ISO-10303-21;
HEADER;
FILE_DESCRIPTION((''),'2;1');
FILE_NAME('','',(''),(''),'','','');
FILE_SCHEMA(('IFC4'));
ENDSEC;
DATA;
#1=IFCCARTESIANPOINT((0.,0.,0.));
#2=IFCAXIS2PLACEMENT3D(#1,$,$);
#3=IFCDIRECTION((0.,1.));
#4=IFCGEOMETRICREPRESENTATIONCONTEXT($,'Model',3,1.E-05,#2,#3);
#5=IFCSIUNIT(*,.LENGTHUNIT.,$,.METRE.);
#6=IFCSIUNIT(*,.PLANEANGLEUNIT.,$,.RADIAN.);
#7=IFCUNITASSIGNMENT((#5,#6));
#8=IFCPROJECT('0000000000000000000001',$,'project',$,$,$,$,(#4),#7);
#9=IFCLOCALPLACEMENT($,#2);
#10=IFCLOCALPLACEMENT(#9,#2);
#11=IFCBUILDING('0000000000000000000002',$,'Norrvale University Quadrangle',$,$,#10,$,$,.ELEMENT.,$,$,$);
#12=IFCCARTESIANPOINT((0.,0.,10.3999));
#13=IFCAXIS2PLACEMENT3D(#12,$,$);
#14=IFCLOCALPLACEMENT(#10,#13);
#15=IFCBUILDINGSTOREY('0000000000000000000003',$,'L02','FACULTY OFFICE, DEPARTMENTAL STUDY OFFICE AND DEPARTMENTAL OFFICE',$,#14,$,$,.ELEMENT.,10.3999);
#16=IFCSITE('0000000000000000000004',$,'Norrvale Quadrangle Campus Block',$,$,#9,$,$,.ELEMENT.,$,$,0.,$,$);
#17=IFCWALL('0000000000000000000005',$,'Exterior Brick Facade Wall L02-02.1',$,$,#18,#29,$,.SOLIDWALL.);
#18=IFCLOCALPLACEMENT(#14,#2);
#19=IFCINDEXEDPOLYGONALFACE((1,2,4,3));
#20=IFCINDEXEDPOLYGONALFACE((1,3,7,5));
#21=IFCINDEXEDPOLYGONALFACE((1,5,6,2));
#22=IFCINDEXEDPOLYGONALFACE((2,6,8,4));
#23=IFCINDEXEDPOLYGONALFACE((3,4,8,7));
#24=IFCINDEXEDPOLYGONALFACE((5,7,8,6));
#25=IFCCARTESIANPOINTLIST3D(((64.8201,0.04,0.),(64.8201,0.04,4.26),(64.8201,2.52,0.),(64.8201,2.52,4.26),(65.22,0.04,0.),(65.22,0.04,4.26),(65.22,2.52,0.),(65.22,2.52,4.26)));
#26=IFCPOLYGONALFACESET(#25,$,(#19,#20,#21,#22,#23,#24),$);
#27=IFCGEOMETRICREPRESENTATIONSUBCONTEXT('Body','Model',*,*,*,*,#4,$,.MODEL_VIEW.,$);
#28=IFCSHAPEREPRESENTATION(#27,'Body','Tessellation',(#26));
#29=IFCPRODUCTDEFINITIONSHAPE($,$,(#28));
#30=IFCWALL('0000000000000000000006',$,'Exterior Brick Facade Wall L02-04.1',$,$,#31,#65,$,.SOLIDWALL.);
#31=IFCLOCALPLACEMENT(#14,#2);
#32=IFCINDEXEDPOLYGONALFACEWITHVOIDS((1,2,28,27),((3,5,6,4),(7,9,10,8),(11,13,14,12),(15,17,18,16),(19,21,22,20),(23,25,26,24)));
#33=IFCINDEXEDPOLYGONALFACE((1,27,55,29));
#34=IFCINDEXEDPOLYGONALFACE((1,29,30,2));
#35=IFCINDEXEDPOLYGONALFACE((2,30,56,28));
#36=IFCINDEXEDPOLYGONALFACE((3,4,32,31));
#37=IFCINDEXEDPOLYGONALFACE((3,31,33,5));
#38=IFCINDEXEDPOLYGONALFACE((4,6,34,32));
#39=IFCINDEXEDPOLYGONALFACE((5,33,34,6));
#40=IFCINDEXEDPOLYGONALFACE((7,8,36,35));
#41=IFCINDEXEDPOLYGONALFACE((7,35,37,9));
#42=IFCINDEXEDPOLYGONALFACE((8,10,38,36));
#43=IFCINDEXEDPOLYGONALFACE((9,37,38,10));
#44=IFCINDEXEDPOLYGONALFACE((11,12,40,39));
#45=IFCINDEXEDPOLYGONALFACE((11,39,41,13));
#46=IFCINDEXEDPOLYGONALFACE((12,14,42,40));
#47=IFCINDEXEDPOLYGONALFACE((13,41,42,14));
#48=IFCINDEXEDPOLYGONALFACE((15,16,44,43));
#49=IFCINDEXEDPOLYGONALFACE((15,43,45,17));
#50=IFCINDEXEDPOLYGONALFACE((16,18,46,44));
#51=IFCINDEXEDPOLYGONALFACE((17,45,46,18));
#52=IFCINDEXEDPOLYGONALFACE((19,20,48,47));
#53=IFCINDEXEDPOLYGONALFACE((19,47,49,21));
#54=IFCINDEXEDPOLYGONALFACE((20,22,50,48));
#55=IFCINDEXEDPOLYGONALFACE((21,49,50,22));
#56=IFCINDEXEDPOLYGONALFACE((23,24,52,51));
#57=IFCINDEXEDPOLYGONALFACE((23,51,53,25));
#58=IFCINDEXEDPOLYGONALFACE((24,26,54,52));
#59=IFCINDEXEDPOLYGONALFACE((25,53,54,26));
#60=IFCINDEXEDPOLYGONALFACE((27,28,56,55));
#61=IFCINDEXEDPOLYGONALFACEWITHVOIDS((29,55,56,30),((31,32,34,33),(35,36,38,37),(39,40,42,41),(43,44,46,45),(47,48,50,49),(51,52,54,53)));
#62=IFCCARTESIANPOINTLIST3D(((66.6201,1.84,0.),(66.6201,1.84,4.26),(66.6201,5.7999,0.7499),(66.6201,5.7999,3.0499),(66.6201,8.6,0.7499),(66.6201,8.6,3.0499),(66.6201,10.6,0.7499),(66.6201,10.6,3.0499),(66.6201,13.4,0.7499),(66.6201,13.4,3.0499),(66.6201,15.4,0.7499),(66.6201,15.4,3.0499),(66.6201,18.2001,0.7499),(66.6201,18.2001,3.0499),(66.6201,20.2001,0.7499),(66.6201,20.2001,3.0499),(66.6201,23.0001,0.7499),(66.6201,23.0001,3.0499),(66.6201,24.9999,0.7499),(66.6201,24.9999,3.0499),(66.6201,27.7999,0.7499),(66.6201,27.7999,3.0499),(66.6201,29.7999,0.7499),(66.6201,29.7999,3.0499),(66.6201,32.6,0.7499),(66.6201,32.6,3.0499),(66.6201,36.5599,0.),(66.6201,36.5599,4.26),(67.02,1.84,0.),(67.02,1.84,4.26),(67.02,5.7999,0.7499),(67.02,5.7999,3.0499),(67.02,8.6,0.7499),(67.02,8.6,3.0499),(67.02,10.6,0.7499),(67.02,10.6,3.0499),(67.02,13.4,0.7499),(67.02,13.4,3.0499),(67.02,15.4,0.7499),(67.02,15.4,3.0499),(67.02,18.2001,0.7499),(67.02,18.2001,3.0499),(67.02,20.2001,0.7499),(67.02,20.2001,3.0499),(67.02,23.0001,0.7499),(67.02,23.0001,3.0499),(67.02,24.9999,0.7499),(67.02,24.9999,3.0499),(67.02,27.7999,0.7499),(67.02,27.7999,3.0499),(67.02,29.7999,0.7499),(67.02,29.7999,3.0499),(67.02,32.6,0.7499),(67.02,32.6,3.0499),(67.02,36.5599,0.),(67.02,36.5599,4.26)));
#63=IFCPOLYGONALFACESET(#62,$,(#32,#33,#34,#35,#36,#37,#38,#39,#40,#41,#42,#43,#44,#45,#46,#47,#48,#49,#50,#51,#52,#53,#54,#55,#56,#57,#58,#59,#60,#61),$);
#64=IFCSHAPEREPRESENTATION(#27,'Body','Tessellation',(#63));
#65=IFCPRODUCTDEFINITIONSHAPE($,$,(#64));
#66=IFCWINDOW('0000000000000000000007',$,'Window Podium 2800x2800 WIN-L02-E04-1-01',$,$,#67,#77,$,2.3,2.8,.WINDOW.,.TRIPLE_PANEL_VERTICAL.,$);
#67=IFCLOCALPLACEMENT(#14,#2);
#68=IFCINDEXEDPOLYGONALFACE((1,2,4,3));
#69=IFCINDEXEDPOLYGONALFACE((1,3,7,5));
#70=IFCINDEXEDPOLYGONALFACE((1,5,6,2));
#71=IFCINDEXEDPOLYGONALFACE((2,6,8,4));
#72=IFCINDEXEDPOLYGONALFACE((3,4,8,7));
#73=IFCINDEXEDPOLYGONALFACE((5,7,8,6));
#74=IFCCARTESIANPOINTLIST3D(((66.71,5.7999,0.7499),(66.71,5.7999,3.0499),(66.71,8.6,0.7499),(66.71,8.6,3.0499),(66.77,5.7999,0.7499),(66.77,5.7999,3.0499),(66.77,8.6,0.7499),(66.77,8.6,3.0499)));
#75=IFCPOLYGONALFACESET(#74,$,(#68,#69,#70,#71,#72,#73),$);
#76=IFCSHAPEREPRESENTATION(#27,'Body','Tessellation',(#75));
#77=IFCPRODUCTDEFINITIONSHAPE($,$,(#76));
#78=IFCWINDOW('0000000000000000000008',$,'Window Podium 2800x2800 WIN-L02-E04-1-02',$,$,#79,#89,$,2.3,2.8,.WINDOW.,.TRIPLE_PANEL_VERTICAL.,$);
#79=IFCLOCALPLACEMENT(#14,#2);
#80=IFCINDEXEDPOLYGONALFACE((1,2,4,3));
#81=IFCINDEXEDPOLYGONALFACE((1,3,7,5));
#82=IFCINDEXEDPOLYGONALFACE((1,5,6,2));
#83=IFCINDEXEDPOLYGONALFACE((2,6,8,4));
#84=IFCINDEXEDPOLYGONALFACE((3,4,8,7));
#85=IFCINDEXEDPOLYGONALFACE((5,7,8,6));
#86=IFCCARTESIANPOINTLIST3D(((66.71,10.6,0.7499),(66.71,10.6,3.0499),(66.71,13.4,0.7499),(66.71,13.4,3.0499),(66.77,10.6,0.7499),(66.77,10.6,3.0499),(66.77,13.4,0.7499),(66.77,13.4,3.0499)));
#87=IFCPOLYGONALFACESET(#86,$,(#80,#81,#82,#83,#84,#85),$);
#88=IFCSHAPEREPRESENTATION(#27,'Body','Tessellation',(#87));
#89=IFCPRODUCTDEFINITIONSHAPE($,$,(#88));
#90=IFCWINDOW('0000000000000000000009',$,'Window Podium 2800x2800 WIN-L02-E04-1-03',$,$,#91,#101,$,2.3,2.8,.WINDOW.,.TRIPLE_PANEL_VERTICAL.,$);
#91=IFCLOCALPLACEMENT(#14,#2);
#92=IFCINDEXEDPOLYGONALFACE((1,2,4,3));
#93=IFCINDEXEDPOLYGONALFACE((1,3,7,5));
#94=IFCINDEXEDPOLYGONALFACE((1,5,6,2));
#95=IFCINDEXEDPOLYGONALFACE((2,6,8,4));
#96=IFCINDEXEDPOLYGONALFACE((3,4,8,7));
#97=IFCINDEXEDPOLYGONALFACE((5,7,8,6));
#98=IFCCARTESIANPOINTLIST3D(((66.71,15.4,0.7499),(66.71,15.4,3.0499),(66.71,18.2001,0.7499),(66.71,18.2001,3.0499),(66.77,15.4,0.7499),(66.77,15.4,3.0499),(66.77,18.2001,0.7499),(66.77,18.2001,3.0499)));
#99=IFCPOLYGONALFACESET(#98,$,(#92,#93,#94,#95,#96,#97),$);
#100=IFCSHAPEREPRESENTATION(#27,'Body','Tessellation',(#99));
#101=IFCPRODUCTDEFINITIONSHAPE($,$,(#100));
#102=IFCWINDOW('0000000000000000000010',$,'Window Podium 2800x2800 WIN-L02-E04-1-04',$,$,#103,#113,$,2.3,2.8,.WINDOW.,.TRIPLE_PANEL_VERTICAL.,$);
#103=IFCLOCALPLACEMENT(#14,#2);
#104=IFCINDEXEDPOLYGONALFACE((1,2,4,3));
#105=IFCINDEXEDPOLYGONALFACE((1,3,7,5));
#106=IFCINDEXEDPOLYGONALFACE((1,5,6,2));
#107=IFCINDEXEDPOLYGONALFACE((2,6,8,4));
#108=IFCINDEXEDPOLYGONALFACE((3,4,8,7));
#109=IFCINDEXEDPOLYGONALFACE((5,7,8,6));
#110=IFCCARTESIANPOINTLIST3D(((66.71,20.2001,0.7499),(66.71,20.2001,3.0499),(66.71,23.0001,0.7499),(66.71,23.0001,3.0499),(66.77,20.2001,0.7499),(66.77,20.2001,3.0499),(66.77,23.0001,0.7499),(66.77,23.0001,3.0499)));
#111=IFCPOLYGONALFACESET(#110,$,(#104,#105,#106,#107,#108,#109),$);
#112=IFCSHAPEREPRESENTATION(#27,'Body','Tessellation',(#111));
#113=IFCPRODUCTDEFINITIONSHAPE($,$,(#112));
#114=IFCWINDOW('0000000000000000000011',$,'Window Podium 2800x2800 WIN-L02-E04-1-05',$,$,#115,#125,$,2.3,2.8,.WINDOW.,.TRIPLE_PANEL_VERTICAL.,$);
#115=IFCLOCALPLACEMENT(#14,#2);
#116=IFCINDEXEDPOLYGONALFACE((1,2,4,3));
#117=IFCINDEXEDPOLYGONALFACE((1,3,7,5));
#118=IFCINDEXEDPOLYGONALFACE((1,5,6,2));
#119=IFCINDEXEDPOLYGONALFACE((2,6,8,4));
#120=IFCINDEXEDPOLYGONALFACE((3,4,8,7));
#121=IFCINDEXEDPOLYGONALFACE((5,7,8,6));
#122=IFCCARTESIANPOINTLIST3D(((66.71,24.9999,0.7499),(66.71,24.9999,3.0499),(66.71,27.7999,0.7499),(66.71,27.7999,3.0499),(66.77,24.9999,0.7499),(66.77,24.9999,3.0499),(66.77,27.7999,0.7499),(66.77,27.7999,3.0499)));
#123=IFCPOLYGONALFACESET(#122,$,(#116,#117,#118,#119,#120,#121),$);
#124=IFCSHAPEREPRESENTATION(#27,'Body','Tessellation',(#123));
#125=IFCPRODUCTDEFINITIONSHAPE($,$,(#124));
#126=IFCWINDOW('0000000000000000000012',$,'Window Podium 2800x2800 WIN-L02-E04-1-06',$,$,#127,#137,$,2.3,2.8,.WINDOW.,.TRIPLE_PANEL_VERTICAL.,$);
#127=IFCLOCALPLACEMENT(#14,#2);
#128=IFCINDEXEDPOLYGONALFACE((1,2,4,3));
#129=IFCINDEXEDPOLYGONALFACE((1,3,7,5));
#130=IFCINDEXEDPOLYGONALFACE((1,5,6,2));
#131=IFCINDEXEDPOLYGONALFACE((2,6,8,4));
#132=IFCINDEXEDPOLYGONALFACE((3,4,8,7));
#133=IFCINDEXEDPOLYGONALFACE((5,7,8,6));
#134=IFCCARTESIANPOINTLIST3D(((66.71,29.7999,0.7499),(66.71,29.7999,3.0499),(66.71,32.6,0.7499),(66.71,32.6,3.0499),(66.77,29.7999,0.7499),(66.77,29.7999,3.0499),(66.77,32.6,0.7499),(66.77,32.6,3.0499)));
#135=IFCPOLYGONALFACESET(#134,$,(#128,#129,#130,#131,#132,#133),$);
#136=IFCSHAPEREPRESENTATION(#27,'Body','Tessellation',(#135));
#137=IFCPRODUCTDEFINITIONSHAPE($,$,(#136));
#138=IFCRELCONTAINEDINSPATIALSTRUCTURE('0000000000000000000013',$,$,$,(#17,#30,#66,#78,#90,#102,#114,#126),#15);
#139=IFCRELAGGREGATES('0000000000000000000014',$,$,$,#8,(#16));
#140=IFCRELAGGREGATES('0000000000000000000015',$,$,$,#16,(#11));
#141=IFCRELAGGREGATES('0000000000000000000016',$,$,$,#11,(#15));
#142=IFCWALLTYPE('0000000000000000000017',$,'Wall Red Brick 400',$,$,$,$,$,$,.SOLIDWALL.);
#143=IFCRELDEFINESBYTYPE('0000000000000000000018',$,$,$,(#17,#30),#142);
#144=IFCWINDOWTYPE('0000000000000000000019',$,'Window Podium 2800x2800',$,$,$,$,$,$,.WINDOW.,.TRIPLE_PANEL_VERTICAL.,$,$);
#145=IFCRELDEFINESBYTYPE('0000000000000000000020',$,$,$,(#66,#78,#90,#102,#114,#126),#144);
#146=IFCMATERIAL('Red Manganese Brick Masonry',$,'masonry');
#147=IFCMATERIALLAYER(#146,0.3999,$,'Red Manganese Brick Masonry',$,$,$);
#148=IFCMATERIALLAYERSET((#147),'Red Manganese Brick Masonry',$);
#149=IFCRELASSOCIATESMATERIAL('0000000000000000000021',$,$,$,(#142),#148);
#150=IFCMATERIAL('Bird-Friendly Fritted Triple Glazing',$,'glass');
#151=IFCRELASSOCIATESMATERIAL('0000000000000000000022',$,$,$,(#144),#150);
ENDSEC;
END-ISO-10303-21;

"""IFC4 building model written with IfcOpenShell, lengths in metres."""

from ifc_helpers import new_model, si_unit, direction, frame, frame_2d, origin, place, context, subcontext, project, spatial, rectangle, extrude, material, layer, layer_set, type_object, element, fill, save


model = new_model("IFC4")

# Units and contexts
model_context = context("Model", 3, precision=1e-05, world=origin(), true_north=direction((0.0, 1.0)))
body_context = subcontext(model_context, "Body", "Model", "MODEL_VIEW")
ifc_project = project(units=[si_unit("LENGTHUNIT", "METRE"), si_unit("PLANEANGLEUNIT", "RADIAN")], contexts=[model_context])

# Site, building, storey
site_placement = place(None, origin())
site = spatial("IfcSite", under=ifc_project, at=site_placement, Name="Norrvale Quadrangle Campus Block", CompositionType="ELEMENT", RefElevation=0.0)
building_placement = place(site_placement, origin())
building = spatial("IfcBuilding", under=site, at=building_placement, Name="Norrvale University Quadrangle", CompositionType="ELEMENT")
storey_placement = place(building_placement, frame((0.0, 0.0, 10.3999)))
storey = spatial("IfcBuildingStorey", under=building, at=storey_placement, Name="L02", Description="FACULTY OFFICE, DEPARTMENTAL STUDY OFFICE AND DEPARTMENTAL OFFICE", CompositionType="ELEMENT", Elevation=10.3999)

# Shared definitions
ifc_material_1 = material(Name="Bird-Friendly Fritted Triple Glazing", Category="glass")

# Wall
ifc_material_2 = material(Name="Red Manganese Brick Masonry", Category="masonry")
ifc_layer_1 = layer(ifc_material_2, 0.3999, Name="Red Manganese Brick Masonry")
ifc_layer_set_1 = layer_set([ifc_layer_1], Name="Red Manganese Brick Masonry")
wall_type_1 = type_object("IfcWallType", Name="Wall Red Brick 400", PredefinedType="SOLIDWALL", material=ifc_layer_set_1)
wall_1_placement = place(storey_placement, frame((65.02, 0.04, 0.0), z_axis=(0.0, 0.0, 1.0), x_axis=(0.0, 1.0, 0.0)))
element("IfcWall", 1, at=wall_1_placement, inside=storey, type_object=wall_type_1, Name="Exterior Brick Facade Wall L02-02.1", PredefinedType="SOLIDWALL", context=body_context, shape_type="SweptSolid", body=[
    extrude(rectangle(XDim=2.48, YDim=0.3999, at=frame_2d((1.24, 0.0))), origin(), (0.0, 0.0, 1.0), 4.26),
])

# Wall, openings, windows
wall_2_placement = place(storey_placement, frame((66.8201, 1.8401, 0.0), z_axis=(0.0, 0.0, 1.0), x_axis=(0.0, 1.0, 0.0)))
wall_2 = element("IfcWall", 2, at=wall_2_placement, inside=storey, type_object=wall_type_1, Name="Exterior Brick Facade Wall L02-04.1", PredefinedType="SOLIDWALL", context=body_context, shape_type="SweptSolid", body=[
    extrude(rectangle(XDim=34.72, YDim=0.3999, at=frame_2d((17.3599, 0.0))), origin(), (0.0, 0.0, 1.0), 4.26),
])
opening_1_placement = place(wall_2_placement, frame((3.96, 0.0, 0.75)))
opening_1 = element("IfcOpeningElement", 3, at=opening_1_placement, cuts=wall_2, PredefinedType="OPENING", context=body_context, shape_type="SweptSolid", body=[
    extrude(rectangle(XDim=2.8, YDim=2.3, at=frame_2d((1.3999, 1.1499))), frame((0.0, 0.2119, 0.0), z_axis=(0.0, -1.0, 0.0), x_axis=(1.0, 0.0, 0.0)), (0.0, 0.0, 1.0), 0.4238),
])
opening_2_placement = place(wall_2_placement, frame((8.76, 0.0, 0.75)))
opening_2 = element("IfcOpeningElement", 4, at=opening_2_placement, cuts=wall_2, PredefinedType="OPENING", context=body_context, shape_type="SweptSolid", body=[
    extrude(rectangle(XDim=2.8, YDim=2.3, at=frame_2d((1.3999, 1.1499))), frame((0.0, 0.2119, 0.0), z_axis=(0.0, -1.0, 0.0), x_axis=(1.0, 0.0, 0.0)), (0.0, 0.0, 1.0), 0.4238),
])
opening_3_placement = place(wall_2_placement, frame((13.5601, 0.0, 0.75)))
opening_3 = element("IfcOpeningElement", 5, at=opening_3_placement, cuts=wall_2, PredefinedType="OPENING", context=body_context, shape_type="SweptSolid", body=[
    extrude(rectangle(XDim=2.8, YDim=2.3, at=frame_2d((1.3999, 1.1499))), frame((0.0, 0.2119, 0.0), z_axis=(0.0, -1.0, 0.0), x_axis=(1.0, 0.0, 0.0)), (0.0, 0.0, 1.0), 0.4238),
])
opening_4_placement = place(wall_2_placement, frame((18.3601, 0.0, 0.75)))
opening_4 = element("IfcOpeningElement", 6, at=opening_4_placement, cuts=wall_2, PredefinedType="OPENING", context=body_context, shape_type="SweptSolid", body=[
    extrude(rectangle(XDim=2.8, YDim=2.3, at=frame_2d((1.3999, 1.1499))), frame((0.0, 0.2119, 0.0), z_axis=(0.0, -1.0, 0.0), x_axis=(1.0, 0.0, 0.0)), (0.0, 0.0, 1.0), 0.4238),
])
opening_5_placement = place(wall_2_placement, frame((23.1599, 0.0, 0.75)))
opening_5 = element("IfcOpeningElement", 7, at=opening_5_placement, cuts=wall_2, PredefinedType="OPENING", context=body_context, shape_type="SweptSolid", body=[
    extrude(rectangle(XDim=2.8, YDim=2.3, at=frame_2d((1.3999, 1.1499))), frame((0.0, 0.2119, 0.0), z_axis=(0.0, -1.0, 0.0), x_axis=(1.0, 0.0, 0.0)), (0.0, 0.0, 1.0), 0.4238),
])
opening_6_placement = place(wall_2_placement, frame((27.96, 0.0, 0.75)))
opening_6 = element("IfcOpeningElement", 8, at=opening_6_placement, cuts=wall_2, PredefinedType="OPENING", context=body_context, shape_type="SweptSolid", body=[
    extrude(rectangle(XDim=2.8, YDim=2.3, at=frame_2d((1.3999, 1.1499))), frame((0.0, 0.2119, 0.0), z_axis=(0.0, -1.0, 0.0), x_axis=(1.0, 0.0, 0.0)), (0.0, 0.0, 1.0), 0.4238),
])
window_type_1 = type_object("IfcWindowType", Name="Window Podium 2800x2800", PartitioningType="TRIPLE_PANEL_VERTICAL", PredefinedType="WINDOW", material=ifc_material_1)
window_1_placement = place(opening_1_placement, origin())
window_1 = element("IfcWindow", 9, at=window_1_placement, inside=storey, type_object=window_type_1, Name="Window Podium 2800x2800 WIN-L02-E04-1-01", OverallHeight=2.3, OverallWidth=2.8, PartitioningType="TRIPLE_PANEL_VERTICAL", PredefinedType="WINDOW", context=body_context, shape_type="SweptSolid", body=[
    extrude(rectangle(XDim=2.8, YDim=2.3, at=frame_2d((1.3999, 1.1499))), frame((0.0, 0.1101, 0.0), z_axis=(0.0, -1.0, 0.0), x_axis=(1.0, 0.0, 0.0)), (0.0, 0.0, 1.0), 0.0601),
])
fill(opening_1, window_1)
window_2_placement = place(opening_2_placement, origin())
window_2 = element("IfcWindow", 10, at=window_2_placement, inside=storey, type_object=window_type_1, Name="Window Podium 2800x2800 WIN-L02-E04-1-02", OverallHeight=2.3, OverallWidth=2.8, PartitioningType="TRIPLE_PANEL_VERTICAL", PredefinedType="WINDOW", context=body_context, shape_type="SweptSolid", body=[
    extrude(rectangle(XDim=2.8, YDim=2.3, at=frame_2d((1.3999, 1.1499))), frame((0.0, 0.1101, 0.0), z_axis=(0.0, -1.0, 0.0), x_axis=(1.0, 0.0, 0.0)), (0.0, 0.0, 1.0), 0.0601),
])
fill(opening_2, window_2)
window_3_placement = place(opening_3_placement, origin())
window_3 = element("IfcWindow", 11, at=window_3_placement, inside=storey, type_object=window_type_1, Name="Window Podium 2800x2800 WIN-L02-E04-1-03", OverallHeight=2.3, OverallWidth=2.8, PartitioningType="TRIPLE_PANEL_VERTICAL", PredefinedType="WINDOW", context=body_context, shape_type="SweptSolid", body=[
    extrude(rectangle(XDim=2.8, YDim=2.3, at=frame_2d((1.3999, 1.1499))), frame((0.0, 0.1101, 0.0), z_axis=(0.0, -1.0, 0.0), x_axis=(1.0, 0.0, 0.0)), (0.0, 0.0, 1.0), 0.0601),
])
fill(opening_3, window_3)
window_4_placement = place(opening_4_placement, origin())
window_4 = element("IfcWindow", 12, at=window_4_placement, inside=storey, type_object=window_type_1, Name="Window Podium 2800x2800 WIN-L02-E04-1-04", OverallHeight=2.3, OverallWidth=2.8, PartitioningType="TRIPLE_PANEL_VERTICAL", PredefinedType="WINDOW", context=body_context, shape_type="SweptSolid", body=[
    extrude(rectangle(XDim=2.8, YDim=2.3, at=frame_2d((1.3999, 1.1499))), frame((0.0, 0.1101, 0.0), z_axis=(0.0, -1.0, 0.0), x_axis=(1.0, 0.0, 0.0)), (0.0, 0.0, 1.0), 0.0601),
])
fill(opening_4, window_4)
window_5_placement = place(opening_5_placement, origin())
window_5 = element("IfcWindow", 13, at=window_5_placement, inside=storey, type_object=window_type_1, Name="Window Podium 2800x2800 WIN-L02-E04-1-05", OverallHeight=2.3, OverallWidth=2.8, PartitioningType="TRIPLE_PANEL_VERTICAL", PredefinedType="WINDOW", context=body_context, shape_type="SweptSolid", body=[
    extrude(rectangle(XDim=2.8, YDim=2.3, at=frame_2d((1.3999, 1.1499))), frame((0.0, 0.1101, 0.0), z_axis=(0.0, -1.0, 0.0), x_axis=(1.0, 0.0, 0.0)), (0.0, 0.0, 1.0), 0.0601),
])
fill(opening_5, window_5)
window_6_placement = place(opening_6_placement, origin())
window_6 = element("IfcWindow", 14, at=window_6_placement, inside=storey, type_object=window_type_1, Name="Window Podium 2800x2800 WIN-L02-E04-1-06", OverallHeight=2.3, OverallWidth=2.8, PartitioningType="TRIPLE_PANEL_VERTICAL", PredefinedType="WINDOW", context=body_context, shape_type="SweptSolid", body=[
    extrude(rectangle(XDim=2.8, YDim=2.3, at=frame_2d((1.3999, 1.1499))), frame((0.0, 0.1101, 0.0), z_axis=(0.0, -1.0, 0.0), x_axis=(1.0, 0.0, 0.0)), (0.0, 0.0, 1.0), 0.0601),
])
fill(opening_6, window_6)

save(model, "model.ifc")
